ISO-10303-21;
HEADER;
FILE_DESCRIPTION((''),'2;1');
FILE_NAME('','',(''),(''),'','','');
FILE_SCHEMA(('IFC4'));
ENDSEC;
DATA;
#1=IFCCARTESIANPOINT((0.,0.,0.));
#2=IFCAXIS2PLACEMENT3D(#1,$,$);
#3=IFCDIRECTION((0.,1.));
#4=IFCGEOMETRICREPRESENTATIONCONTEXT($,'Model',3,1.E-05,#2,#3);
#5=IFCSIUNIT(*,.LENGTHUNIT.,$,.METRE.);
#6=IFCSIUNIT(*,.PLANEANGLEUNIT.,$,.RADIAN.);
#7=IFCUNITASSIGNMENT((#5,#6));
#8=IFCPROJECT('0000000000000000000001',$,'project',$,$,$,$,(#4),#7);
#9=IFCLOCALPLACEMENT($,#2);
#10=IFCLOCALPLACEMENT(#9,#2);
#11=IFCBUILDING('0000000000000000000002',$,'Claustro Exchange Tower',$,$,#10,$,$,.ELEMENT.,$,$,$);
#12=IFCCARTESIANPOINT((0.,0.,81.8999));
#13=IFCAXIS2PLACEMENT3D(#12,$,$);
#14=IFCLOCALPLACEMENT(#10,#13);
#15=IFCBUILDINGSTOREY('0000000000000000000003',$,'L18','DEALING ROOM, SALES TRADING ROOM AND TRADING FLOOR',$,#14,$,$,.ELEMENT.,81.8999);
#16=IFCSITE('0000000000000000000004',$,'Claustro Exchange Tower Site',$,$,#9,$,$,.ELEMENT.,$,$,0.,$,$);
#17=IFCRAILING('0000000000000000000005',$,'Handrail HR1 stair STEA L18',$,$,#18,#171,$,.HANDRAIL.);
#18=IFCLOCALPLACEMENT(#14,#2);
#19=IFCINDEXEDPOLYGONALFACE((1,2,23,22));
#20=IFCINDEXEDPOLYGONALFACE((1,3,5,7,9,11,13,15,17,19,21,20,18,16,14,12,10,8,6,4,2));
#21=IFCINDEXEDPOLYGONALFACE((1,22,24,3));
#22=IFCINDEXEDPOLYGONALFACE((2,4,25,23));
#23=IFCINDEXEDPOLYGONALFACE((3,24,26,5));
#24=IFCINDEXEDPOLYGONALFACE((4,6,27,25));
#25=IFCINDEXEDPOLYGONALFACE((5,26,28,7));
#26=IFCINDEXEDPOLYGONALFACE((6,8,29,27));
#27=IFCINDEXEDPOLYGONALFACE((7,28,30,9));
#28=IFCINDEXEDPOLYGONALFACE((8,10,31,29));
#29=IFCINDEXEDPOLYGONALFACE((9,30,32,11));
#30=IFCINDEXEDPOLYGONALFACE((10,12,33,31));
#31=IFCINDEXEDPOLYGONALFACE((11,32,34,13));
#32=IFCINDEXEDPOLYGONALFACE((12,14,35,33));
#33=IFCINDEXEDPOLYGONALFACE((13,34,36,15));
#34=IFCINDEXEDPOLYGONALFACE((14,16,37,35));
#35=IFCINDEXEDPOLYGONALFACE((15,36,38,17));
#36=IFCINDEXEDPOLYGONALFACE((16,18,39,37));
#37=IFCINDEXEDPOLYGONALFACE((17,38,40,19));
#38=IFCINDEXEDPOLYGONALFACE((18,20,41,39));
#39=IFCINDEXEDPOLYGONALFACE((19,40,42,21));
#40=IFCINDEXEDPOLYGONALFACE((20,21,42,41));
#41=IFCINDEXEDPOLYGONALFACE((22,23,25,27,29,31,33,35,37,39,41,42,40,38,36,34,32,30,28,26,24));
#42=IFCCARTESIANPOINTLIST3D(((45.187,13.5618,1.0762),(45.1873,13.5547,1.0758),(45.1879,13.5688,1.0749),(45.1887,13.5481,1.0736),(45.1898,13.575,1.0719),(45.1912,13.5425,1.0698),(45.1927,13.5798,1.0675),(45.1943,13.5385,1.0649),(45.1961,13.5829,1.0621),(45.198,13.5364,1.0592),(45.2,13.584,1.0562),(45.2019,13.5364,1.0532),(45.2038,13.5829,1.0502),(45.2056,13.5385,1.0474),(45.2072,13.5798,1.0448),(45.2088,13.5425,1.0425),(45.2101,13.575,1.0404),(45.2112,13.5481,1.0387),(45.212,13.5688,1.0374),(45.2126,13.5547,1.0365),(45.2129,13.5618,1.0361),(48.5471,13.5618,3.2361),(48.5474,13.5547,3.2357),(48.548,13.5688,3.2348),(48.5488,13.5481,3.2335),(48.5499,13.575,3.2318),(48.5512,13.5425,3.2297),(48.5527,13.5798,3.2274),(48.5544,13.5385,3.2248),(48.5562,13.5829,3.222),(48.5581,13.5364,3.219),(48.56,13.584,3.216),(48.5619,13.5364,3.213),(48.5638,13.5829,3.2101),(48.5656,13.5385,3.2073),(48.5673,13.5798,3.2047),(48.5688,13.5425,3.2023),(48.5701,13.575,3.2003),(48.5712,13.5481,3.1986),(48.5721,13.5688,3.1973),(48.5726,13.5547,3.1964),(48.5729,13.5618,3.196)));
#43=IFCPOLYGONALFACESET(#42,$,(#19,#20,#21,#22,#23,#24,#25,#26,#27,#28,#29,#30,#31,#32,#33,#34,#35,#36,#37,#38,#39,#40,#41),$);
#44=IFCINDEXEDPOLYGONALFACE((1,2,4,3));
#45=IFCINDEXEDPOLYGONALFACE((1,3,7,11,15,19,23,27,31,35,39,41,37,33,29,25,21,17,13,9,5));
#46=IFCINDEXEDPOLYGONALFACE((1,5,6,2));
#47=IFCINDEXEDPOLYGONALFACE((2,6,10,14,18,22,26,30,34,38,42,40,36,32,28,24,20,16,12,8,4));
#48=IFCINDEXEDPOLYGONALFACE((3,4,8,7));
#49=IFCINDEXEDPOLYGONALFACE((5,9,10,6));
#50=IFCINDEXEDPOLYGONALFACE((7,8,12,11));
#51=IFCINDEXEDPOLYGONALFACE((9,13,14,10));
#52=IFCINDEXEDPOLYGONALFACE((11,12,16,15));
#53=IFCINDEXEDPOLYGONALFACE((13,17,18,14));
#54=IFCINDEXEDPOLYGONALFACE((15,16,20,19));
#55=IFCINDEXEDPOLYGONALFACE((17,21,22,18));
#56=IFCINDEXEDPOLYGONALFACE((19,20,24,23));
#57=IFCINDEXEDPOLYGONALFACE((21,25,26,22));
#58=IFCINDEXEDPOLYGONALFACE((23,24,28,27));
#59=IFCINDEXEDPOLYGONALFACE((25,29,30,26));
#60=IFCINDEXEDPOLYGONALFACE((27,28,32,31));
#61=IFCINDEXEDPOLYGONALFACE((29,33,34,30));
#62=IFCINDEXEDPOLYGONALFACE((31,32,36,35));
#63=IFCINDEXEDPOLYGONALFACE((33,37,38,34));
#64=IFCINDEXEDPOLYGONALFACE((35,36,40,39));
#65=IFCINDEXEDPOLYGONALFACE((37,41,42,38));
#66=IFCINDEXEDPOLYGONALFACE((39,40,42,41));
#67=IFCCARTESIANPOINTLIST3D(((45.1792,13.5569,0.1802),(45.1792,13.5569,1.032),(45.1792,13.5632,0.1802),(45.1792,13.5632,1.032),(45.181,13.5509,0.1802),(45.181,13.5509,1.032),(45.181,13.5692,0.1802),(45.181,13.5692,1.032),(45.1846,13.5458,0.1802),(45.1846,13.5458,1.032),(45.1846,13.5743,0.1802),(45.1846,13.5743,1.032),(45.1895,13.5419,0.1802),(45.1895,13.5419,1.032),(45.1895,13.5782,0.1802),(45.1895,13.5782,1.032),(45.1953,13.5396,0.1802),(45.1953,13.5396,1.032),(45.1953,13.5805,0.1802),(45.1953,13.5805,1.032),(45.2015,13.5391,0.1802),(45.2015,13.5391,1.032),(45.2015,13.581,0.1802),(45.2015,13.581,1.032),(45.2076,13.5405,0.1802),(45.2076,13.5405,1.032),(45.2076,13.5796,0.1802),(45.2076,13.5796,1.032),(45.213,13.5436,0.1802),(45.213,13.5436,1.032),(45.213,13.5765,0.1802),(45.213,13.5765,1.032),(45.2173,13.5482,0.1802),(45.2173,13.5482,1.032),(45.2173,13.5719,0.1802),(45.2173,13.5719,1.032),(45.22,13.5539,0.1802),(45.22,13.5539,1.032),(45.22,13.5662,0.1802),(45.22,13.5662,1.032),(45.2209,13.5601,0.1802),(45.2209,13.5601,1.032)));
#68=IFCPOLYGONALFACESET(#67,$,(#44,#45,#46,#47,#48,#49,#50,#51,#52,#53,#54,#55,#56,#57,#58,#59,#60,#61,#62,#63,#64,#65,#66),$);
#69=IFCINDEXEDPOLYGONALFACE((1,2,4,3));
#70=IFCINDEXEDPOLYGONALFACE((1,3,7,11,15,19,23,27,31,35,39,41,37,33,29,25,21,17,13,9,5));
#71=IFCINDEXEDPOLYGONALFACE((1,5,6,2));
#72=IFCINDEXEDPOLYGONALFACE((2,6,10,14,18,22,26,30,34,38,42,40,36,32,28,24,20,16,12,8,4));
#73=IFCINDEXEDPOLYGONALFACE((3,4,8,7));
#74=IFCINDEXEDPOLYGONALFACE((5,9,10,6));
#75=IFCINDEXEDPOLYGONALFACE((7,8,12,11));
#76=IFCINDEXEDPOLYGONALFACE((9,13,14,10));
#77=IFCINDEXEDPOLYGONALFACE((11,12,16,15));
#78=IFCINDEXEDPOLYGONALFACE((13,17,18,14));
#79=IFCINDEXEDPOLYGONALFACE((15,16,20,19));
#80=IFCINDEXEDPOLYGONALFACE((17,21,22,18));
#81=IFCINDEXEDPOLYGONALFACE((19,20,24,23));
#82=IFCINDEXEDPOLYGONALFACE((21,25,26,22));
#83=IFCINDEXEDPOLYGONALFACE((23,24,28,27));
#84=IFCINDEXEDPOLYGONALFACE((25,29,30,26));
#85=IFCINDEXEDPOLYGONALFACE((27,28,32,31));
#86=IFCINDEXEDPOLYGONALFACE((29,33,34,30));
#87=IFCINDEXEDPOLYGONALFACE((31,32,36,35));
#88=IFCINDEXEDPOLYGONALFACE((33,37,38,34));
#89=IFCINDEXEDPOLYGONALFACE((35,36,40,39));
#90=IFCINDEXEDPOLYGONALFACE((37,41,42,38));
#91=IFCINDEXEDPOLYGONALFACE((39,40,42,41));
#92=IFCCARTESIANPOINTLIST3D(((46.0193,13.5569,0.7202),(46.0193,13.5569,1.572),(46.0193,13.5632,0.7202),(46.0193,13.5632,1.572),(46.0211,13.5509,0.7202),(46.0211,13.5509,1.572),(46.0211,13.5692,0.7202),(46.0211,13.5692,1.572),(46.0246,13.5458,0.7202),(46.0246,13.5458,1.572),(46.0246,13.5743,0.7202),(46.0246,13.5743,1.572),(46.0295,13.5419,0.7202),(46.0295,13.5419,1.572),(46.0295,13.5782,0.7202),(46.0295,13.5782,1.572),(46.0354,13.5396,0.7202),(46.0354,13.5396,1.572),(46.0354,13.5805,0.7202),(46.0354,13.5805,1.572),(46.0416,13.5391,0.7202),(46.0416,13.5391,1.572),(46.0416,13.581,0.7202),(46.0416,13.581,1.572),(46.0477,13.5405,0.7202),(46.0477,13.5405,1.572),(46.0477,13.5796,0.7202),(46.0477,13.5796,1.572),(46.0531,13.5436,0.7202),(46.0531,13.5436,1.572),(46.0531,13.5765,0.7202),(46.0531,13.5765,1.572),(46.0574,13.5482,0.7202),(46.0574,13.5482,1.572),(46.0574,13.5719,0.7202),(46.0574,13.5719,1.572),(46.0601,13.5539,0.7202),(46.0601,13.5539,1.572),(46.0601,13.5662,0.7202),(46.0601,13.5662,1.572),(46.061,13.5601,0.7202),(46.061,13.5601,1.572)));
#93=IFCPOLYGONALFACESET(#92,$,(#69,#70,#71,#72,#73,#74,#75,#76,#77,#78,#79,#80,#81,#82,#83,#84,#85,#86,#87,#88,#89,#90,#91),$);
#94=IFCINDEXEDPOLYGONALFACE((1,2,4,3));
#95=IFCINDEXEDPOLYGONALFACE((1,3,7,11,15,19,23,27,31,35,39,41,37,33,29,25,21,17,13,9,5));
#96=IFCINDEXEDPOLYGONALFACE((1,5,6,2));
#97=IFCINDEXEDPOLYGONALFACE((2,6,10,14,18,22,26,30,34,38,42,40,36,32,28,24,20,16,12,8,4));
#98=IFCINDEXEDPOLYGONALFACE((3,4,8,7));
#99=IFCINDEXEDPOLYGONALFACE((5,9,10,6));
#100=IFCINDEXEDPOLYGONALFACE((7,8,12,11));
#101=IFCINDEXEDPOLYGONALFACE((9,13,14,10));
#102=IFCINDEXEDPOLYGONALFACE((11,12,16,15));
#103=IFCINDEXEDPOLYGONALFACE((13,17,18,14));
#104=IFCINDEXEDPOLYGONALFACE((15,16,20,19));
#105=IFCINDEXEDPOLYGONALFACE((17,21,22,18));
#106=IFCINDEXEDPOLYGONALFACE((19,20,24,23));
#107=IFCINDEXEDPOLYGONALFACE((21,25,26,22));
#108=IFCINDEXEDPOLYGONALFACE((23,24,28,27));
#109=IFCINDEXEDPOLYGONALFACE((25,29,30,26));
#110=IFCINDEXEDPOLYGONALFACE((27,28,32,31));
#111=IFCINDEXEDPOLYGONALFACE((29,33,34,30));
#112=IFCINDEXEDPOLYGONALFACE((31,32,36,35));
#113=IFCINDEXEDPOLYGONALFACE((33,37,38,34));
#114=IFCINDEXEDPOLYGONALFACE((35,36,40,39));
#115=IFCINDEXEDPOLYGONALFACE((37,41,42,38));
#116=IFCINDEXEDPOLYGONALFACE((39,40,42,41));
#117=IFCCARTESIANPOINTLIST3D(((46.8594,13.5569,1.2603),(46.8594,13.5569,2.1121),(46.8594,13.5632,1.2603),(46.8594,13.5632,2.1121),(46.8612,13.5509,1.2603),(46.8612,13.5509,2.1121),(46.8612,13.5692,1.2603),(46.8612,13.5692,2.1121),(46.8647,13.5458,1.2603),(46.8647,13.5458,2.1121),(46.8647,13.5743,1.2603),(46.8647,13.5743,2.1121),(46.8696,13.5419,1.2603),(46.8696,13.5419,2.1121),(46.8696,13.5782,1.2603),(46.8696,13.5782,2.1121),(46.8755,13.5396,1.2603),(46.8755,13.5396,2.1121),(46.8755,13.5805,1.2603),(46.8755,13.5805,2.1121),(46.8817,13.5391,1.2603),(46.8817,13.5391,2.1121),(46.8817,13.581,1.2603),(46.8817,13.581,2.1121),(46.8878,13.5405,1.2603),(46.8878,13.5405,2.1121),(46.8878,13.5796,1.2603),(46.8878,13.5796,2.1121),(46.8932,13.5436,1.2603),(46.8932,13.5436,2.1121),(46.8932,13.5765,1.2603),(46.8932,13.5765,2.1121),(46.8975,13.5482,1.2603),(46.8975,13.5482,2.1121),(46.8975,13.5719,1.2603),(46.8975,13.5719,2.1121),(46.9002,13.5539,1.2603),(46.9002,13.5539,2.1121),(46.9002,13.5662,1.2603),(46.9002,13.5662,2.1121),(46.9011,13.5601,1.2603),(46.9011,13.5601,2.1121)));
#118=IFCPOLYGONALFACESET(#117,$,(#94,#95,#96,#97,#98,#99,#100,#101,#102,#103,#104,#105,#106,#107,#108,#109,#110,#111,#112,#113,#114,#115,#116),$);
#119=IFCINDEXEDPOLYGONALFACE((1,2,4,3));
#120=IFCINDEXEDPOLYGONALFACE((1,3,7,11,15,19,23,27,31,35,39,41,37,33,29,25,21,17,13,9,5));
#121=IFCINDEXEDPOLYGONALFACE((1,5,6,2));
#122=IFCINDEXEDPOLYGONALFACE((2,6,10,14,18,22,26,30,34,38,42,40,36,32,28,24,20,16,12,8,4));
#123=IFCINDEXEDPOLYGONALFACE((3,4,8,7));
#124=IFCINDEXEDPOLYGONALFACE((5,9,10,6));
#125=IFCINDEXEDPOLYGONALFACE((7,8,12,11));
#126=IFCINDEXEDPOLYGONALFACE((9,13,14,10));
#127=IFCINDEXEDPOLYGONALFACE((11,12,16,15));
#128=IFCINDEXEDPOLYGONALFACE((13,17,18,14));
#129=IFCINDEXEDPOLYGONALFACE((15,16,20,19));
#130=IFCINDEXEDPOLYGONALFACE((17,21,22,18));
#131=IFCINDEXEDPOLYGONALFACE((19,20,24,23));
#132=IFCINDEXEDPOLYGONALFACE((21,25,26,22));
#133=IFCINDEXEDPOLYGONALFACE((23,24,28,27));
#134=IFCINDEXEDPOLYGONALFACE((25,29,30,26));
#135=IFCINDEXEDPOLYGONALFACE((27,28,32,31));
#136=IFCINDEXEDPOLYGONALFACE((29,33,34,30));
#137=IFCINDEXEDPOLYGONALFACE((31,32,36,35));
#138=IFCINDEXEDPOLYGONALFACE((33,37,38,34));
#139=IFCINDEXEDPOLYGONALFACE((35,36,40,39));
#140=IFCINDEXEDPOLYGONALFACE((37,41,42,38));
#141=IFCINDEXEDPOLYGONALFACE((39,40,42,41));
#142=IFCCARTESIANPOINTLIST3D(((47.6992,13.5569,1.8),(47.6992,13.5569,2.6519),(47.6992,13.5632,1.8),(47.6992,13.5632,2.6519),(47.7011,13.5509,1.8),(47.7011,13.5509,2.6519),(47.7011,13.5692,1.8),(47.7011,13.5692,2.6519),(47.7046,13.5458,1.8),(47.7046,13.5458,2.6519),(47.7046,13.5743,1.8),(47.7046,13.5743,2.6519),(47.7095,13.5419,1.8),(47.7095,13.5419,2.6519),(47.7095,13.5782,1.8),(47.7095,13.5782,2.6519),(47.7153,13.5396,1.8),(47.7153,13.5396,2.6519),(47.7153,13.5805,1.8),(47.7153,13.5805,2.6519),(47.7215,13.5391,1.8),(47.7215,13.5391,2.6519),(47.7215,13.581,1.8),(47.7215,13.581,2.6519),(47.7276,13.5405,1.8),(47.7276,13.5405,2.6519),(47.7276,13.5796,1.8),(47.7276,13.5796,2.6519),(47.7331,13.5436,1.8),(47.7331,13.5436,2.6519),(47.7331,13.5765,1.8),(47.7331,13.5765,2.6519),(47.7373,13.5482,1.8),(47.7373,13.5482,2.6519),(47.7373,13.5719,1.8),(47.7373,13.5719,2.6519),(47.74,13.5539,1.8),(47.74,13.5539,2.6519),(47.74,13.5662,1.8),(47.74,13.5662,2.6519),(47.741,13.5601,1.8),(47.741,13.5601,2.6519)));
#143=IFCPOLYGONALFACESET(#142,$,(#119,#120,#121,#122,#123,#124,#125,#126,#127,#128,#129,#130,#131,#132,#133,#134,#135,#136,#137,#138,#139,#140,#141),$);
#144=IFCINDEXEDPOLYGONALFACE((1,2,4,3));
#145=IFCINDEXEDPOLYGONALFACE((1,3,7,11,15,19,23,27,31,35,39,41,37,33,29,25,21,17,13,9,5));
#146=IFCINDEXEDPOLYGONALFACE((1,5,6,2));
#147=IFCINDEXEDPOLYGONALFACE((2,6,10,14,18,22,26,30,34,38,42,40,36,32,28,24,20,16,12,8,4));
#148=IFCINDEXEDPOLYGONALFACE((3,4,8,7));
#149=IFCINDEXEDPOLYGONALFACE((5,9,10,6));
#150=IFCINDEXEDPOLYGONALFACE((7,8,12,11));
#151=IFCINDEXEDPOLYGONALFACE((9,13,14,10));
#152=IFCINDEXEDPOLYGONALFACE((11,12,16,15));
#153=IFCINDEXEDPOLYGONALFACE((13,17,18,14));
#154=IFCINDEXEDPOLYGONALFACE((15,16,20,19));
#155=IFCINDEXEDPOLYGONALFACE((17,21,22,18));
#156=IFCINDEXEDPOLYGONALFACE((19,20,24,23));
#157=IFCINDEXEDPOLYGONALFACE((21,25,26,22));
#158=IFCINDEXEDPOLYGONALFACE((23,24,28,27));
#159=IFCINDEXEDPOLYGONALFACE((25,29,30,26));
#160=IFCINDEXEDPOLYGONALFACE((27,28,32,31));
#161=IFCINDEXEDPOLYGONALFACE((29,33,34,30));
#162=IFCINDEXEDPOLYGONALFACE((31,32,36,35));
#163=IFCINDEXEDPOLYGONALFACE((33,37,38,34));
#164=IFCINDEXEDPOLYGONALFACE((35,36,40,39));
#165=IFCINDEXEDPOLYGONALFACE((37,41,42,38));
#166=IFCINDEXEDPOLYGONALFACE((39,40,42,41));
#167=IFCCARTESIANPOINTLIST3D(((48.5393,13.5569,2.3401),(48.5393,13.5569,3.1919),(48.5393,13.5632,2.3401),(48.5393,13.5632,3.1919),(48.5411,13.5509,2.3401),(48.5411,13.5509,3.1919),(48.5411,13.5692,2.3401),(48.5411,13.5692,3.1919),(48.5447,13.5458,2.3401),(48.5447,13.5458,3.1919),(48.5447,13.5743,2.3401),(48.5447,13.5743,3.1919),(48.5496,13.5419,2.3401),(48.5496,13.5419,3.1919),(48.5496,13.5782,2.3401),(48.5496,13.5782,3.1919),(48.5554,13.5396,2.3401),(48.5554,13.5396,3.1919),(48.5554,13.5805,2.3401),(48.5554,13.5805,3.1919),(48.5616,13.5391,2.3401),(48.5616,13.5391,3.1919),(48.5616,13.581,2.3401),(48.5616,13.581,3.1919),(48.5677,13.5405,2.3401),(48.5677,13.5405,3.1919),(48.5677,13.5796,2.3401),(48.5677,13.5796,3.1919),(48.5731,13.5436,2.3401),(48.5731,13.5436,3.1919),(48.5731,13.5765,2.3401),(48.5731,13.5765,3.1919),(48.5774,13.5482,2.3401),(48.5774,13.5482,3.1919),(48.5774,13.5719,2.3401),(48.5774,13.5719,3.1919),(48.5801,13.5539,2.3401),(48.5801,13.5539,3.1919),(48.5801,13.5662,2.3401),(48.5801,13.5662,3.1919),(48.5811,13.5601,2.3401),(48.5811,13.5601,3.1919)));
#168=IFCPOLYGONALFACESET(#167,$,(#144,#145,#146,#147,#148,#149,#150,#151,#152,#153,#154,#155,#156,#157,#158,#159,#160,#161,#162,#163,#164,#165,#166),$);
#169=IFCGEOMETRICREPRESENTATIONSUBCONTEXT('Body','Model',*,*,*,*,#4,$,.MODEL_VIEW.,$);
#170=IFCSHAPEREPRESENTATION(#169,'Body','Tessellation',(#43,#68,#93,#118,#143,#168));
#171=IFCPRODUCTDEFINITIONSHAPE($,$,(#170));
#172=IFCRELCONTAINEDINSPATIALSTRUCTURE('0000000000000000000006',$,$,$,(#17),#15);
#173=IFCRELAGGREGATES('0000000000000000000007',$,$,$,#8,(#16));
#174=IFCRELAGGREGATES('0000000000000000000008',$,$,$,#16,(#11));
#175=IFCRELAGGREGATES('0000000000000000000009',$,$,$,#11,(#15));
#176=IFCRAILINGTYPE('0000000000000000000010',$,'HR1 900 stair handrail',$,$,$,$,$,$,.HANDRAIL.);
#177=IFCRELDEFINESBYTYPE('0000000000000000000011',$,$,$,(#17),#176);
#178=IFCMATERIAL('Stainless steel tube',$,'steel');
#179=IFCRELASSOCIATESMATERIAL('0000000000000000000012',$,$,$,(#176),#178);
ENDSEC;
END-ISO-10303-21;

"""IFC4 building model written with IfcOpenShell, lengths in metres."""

from ifc_helpers import new_model, si_unit, direction, frame, origin, origin_2d, place, context, subcontext, project, spatial, circle, extrude, material, type_object, element, save


model = new_model("IFC4")

# Units and contexts
model_context = context("Model", 3, precision=1e-05, world=origin(), true_north=direction((0.0, 1.0)))
body_context = subcontext(model_context, "Body", "Model", "MODEL_VIEW")
ifc_project = project(units=[si_unit("LENGTHUNIT", "METRE"), si_unit("PLANEANGLEUNIT", "RADIAN")], contexts=[model_context])

# Site, building, storey
site_placement = place(None, origin())
site = spatial("IfcSite", under=ifc_project, at=site_placement, Name="Claustro Exchange Tower Site", CompositionType="ELEMENT", RefElevation=0.0)
building_placement = place(site_placement, origin())
building = spatial("IfcBuilding", under=site, at=building_placement, Name="Claustro Exchange Tower", CompositionType="ELEMENT")
storey_placement = place(building_placement, frame((0.0, 0.0, 81.8999)))
storey = spatial("IfcBuildingStorey", under=building, at=storey_placement, Name="L18", Description="DEALING ROOM, SALES TRADING ROOM AND TRADING FLOOR", CompositionType="ELEMENT", Elevation=81.8999)

# Railing
ifc_material_1 = material(Name="Stainless steel tube", Category="steel")
railing_type = type_object("IfcRailingType", Name="HR1 900 stair handrail", PredefinedType="HANDRAIL", material=ifc_material_1)
railing_placement = place(storey_placement, frame((45.2, 13.5601, 0.1802)))
element("IfcRailing", 1, at=railing_placement, inside=storey, type_object=railing_type, Name="Handrail HR1 stair STEA L18", PredefinedType="HANDRAIL", context=body_context, shape_type="SweptSolid", body=[
    extrude(circle(Radius=0.0239, at=origin_2d()), frame((0.0, 0.0, 0.876), z_axis=(0.841196, 0.0, 0.54073), x_axis=(0.0, 1.0, 0.0)), (0.0, 0.0, 1.0), 3.9944),
    extrude(circle(Radius=0.021, at=origin_2d()), origin(), (0.0, 0.0, 1.0), 0.8518),
    extrude(circle(Radius=0.021, at=origin_2d()), frame((0.8401, 0.0, 0.54)), (0.0, 0.0, 1.0), 0.8518),
    extrude(circle(Radius=0.021, at=origin_2d()), frame((1.6802, 0.0, 1.0801)), (0.0, 0.0, 1.0), 0.8518),
    extrude(circle(Radius=0.021, at=origin_2d()), frame((2.52, 0.0, 1.6199)), (0.0, 0.0, 1.0), 0.8518),
    extrude(circle(Radius=0.021, at=origin_2d()), frame((3.3601, 0.0, 2.1599)), (0.0, 0.0, 1.0), 0.8518),
])

save(model, "model.ifc")
